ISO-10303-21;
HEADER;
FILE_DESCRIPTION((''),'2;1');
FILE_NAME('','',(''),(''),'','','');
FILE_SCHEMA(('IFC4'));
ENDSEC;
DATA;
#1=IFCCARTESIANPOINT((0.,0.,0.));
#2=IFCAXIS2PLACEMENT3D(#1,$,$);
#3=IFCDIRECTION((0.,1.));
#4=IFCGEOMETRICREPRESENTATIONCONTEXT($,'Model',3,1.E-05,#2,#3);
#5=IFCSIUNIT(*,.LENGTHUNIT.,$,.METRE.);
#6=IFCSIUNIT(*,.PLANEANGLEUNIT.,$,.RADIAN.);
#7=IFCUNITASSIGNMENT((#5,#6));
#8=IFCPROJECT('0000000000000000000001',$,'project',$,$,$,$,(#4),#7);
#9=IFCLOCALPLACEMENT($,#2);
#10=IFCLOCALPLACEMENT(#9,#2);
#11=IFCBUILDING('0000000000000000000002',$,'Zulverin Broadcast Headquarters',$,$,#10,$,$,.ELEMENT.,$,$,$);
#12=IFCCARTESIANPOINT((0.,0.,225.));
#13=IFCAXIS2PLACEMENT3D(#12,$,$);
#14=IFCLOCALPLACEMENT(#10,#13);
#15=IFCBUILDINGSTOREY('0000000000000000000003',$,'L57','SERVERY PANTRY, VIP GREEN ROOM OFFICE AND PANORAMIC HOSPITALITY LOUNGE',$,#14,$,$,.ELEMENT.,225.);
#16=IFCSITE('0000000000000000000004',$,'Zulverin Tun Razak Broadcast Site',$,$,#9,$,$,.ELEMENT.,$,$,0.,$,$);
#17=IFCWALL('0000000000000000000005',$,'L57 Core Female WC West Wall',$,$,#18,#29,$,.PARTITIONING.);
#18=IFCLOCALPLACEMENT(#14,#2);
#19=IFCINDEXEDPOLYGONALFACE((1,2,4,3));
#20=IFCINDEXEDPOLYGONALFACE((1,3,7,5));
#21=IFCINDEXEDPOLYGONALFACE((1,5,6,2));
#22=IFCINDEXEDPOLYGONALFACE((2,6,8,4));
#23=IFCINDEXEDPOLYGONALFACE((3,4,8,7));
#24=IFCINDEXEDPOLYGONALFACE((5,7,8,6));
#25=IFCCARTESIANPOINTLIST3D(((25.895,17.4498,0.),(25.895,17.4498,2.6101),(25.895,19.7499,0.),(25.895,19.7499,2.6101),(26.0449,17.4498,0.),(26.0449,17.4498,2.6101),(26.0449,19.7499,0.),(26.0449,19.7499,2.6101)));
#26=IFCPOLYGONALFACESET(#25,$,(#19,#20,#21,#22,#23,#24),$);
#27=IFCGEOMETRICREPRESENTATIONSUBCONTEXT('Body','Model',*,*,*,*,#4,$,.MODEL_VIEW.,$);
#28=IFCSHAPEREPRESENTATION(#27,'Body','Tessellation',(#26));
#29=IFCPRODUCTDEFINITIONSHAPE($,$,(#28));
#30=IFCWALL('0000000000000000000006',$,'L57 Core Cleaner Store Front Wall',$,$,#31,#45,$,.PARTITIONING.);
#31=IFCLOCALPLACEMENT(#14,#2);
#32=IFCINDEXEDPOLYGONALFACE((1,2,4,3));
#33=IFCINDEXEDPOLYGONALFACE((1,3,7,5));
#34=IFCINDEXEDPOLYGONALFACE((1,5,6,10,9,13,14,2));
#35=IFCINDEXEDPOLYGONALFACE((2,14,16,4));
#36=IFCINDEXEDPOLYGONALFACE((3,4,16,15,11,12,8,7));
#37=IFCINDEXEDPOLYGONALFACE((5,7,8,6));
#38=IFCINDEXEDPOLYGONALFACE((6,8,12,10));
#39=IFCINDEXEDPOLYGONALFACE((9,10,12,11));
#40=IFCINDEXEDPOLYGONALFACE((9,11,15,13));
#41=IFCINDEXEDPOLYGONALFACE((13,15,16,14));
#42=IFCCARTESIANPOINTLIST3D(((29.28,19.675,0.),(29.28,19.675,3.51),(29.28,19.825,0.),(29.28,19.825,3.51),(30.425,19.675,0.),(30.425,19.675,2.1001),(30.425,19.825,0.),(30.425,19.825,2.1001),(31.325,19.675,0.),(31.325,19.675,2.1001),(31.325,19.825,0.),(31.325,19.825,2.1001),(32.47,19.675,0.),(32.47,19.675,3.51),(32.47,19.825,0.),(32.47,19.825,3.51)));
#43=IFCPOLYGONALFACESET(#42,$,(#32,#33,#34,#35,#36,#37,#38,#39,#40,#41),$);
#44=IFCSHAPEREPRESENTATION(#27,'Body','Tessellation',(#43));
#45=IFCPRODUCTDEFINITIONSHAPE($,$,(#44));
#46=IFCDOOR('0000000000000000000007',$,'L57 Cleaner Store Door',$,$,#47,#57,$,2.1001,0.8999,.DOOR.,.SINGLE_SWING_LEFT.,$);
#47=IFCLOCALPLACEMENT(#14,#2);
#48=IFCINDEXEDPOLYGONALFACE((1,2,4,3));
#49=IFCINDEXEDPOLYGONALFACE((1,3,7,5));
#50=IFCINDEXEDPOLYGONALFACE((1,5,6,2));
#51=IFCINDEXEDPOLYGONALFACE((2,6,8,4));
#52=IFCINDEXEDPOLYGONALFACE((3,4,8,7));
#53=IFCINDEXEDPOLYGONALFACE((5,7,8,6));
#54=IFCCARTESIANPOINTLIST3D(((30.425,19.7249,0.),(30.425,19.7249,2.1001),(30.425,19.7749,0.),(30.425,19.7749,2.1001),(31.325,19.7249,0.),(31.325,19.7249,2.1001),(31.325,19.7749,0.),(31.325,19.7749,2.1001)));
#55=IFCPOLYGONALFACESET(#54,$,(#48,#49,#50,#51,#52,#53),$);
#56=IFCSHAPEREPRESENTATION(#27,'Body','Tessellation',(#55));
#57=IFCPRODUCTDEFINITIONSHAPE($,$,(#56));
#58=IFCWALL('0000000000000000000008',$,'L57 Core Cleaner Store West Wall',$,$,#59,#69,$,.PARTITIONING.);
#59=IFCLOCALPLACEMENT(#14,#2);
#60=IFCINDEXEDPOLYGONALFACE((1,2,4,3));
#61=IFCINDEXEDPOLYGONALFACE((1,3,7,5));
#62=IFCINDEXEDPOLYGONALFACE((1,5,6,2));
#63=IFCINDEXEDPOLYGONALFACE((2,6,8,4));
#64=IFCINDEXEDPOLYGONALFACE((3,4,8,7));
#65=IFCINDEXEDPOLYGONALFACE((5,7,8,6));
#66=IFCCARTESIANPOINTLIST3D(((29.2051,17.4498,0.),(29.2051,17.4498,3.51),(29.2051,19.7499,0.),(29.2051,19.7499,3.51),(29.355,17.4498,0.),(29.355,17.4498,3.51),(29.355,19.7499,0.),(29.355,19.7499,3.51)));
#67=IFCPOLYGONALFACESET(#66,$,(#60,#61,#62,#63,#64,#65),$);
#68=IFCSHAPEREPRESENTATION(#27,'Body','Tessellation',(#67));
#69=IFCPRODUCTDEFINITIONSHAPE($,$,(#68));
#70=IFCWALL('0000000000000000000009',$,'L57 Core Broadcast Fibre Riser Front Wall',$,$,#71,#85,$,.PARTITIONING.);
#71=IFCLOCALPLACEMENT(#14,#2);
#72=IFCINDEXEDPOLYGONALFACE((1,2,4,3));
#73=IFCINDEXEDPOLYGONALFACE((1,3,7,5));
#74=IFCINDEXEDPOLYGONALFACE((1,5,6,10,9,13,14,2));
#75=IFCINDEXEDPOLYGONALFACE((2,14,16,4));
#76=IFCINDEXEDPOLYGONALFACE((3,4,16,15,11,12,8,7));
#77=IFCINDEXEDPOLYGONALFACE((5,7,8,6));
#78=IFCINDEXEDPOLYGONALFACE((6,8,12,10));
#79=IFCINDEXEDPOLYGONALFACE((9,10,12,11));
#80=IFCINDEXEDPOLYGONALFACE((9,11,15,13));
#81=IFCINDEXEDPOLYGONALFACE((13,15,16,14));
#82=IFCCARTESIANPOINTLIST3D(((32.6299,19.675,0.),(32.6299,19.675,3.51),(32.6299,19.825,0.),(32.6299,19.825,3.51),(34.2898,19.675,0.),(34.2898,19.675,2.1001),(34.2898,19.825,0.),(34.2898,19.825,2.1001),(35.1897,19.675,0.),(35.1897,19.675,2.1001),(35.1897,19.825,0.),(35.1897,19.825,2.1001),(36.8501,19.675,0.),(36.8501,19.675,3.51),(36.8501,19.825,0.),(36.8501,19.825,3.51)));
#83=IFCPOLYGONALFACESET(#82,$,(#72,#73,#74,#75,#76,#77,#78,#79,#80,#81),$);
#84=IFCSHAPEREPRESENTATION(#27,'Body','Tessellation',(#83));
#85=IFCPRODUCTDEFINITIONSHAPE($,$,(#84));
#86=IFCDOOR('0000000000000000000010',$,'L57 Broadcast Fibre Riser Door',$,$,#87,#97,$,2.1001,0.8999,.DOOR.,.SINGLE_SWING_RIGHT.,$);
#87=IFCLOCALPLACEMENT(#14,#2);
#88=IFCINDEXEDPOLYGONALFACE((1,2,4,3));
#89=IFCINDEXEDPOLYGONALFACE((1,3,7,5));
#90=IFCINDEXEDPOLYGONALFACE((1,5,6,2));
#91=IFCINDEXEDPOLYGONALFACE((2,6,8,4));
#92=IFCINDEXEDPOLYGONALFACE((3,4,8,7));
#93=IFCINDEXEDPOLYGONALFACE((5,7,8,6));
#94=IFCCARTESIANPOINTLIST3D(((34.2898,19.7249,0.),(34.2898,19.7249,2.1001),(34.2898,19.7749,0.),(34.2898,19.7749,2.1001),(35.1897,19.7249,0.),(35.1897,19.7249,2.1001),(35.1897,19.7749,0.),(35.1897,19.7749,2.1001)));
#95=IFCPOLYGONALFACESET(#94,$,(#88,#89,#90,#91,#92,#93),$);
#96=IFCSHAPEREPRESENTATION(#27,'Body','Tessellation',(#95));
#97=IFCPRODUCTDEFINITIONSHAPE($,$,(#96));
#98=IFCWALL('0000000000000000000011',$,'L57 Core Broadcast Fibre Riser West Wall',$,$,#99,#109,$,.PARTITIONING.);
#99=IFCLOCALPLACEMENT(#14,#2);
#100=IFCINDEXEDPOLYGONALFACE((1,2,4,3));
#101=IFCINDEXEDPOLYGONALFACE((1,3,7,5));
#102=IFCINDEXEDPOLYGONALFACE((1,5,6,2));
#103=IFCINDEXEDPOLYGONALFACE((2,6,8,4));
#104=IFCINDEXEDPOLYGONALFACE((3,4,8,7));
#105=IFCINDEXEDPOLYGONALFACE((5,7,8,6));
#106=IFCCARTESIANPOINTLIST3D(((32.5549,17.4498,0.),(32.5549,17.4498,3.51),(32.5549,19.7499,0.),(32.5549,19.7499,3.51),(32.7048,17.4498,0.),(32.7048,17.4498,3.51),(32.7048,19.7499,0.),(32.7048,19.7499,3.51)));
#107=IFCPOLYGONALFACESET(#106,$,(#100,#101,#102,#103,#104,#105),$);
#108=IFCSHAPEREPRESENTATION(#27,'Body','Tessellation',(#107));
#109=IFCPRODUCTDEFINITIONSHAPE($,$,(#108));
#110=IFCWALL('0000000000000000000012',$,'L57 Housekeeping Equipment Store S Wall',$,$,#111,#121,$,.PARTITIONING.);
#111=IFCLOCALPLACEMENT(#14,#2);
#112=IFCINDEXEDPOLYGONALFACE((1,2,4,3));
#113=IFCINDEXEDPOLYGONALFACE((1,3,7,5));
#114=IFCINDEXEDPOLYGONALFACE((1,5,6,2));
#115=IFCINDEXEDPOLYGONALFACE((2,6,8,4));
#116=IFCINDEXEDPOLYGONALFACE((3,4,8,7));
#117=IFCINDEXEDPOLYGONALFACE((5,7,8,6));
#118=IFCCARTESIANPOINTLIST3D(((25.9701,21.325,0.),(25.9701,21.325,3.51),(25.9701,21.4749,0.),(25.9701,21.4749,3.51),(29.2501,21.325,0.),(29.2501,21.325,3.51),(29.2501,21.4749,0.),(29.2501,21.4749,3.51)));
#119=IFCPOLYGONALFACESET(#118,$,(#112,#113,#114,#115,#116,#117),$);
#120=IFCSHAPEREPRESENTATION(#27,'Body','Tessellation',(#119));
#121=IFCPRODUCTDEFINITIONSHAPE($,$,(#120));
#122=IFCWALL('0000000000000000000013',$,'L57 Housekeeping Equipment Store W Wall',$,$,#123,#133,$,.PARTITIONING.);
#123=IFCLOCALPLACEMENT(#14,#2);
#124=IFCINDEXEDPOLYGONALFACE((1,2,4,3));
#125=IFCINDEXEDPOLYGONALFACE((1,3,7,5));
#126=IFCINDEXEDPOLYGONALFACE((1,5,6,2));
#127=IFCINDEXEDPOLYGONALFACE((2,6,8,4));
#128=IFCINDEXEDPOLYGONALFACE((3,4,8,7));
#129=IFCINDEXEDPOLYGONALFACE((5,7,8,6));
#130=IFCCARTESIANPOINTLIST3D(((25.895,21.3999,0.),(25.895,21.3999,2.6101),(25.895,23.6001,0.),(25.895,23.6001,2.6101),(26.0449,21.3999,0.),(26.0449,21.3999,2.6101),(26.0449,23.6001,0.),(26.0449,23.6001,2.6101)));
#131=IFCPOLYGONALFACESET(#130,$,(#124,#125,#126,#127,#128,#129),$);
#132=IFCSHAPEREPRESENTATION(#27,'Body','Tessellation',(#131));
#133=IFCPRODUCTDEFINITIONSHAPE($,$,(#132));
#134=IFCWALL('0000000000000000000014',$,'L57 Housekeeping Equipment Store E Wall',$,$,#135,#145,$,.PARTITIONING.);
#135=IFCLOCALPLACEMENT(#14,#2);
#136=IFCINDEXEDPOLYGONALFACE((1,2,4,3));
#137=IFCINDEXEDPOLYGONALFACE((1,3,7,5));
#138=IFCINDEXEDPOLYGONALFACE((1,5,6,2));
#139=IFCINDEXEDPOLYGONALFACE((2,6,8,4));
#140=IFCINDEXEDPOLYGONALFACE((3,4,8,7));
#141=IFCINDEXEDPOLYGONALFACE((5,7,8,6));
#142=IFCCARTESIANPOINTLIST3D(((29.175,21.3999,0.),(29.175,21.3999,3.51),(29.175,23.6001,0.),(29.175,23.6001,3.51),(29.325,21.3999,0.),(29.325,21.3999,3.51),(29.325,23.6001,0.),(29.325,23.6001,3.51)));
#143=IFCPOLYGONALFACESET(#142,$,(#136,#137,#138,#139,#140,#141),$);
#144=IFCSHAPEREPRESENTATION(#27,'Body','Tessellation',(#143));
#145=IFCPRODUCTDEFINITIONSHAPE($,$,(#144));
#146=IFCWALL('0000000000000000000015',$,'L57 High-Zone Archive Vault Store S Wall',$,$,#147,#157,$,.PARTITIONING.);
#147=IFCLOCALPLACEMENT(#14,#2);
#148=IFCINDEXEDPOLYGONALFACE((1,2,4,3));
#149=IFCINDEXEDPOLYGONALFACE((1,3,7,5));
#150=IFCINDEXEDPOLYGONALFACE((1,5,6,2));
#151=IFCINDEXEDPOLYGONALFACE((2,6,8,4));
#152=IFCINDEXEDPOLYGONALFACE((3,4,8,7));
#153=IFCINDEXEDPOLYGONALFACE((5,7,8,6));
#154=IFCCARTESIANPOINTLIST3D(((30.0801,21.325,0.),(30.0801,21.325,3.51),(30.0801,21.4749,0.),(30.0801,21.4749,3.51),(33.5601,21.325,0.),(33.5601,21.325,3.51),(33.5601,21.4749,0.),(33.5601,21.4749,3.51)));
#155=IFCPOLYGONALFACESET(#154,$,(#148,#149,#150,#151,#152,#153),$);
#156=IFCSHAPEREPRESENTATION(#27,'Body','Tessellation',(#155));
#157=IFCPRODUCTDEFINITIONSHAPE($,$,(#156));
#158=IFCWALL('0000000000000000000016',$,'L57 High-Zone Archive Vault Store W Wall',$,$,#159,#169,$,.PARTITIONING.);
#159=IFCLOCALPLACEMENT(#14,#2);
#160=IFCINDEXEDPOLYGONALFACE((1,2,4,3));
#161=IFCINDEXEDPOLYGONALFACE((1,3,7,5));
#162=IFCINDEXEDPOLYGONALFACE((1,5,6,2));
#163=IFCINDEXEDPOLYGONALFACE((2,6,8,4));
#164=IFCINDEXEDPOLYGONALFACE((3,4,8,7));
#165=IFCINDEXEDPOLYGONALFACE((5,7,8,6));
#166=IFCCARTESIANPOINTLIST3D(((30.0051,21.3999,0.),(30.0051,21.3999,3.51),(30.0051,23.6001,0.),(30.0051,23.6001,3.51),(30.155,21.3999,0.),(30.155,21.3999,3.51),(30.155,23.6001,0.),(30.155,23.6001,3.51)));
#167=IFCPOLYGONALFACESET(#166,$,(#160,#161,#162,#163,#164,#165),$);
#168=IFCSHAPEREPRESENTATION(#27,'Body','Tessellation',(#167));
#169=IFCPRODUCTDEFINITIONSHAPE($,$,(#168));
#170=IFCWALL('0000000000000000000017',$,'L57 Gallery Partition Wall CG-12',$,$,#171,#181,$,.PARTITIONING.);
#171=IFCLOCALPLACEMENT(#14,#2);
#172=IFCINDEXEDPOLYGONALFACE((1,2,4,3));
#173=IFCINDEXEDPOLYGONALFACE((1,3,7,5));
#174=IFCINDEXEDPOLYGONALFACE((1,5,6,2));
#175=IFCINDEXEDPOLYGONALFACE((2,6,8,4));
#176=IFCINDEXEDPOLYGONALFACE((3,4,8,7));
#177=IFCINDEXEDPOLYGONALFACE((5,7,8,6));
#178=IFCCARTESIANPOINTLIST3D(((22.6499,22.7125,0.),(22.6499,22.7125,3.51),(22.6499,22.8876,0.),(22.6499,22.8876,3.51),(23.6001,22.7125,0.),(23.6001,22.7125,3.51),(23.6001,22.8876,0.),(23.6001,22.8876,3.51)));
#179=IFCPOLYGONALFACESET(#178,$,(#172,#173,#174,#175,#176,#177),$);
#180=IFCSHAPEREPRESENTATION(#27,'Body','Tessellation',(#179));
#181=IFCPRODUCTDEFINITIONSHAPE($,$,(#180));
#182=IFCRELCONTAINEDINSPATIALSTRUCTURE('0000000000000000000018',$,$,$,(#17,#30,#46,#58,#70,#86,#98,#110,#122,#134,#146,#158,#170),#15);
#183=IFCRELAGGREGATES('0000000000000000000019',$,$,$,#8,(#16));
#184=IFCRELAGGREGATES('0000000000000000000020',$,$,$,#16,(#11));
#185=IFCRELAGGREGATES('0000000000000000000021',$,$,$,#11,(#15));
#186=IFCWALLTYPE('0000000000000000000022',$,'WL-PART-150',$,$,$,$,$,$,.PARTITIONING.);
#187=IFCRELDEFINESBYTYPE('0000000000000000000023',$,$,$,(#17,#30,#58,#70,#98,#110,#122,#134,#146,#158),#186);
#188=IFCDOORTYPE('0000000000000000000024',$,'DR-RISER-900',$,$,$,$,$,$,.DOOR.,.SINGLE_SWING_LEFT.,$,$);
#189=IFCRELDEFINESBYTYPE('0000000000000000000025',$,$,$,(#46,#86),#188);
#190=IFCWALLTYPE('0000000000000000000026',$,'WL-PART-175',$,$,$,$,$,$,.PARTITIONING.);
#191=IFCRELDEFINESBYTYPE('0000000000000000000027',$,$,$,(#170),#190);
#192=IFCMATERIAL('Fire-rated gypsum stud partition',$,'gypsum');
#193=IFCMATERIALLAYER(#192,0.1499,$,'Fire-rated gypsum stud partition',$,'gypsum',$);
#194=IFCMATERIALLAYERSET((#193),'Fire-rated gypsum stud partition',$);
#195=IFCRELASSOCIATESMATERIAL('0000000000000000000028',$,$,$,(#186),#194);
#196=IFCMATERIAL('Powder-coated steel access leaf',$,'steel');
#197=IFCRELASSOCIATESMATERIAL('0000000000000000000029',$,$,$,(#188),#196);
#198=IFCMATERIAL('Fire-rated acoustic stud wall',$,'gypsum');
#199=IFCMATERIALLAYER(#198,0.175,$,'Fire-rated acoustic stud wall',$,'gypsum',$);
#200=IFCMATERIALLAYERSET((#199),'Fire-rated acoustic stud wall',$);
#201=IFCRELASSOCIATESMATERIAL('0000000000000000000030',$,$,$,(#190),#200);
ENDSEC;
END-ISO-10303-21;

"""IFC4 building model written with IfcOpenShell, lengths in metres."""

from ifc_helpers import new_model, si_unit, direction, frame, frame_2d, origin, place, context, subcontext, project, spatial, rectangle, extrude, material, layer, layer_set, type_object, element, fill, save


model = new_model("IFC4")

# Units and contexts
model_context = context("Model", 3, precision=1e-05, world=origin(), true_north=direction((0.0, 1.0)))
body_context = subcontext(model_context, "Body", "Model", "MODEL_VIEW")
ifc_project = project(units=[si_unit("LENGTHUNIT", "METRE"), si_unit("PLANEANGLEUNIT", "RADIAN")], contexts=[model_context])

# Site, building, storey
site_placement = place(None, origin())
site = spatial("IfcSite", under=ifc_project, at=site_placement, Name="Zulverin Tun Razak Broadcast Site", CompositionType="ELEMENT", RefElevation=0.0)
building_placement = place(site_placement, origin())
building = spatial("IfcBuilding", under=site, at=building_placement, Name="Zulverin Broadcast Headquarters", CompositionType="ELEMENT")
storey_placement = place(building_placement, frame((0.0, 0.0, 225.0)))
storey = spatial("IfcBuildingStorey", under=building, at=storey_placement, Name="L57", Description="SERVERY PANTRY, VIP GREEN ROOM OFFICE AND PANORAMIC HOSPITALITY LOUNGE", CompositionType="ELEMENT", Elevation=225.0)

# Shared definitions
ifc_material_1 = material(Name="Fire-rated gypsum stud partition", Category="gypsum")
ifc_layer_1 = layer(ifc_material_1, 0.1499, Name="Fire-rated gypsum stud partition", Category="gypsum")
ifc_layer_set_1 = layer_set([ifc_layer_1], Name="Fire-rated gypsum stud partition")
wall_type_1 = type_object("IfcWallType", Name="WL-PART-150", PredefinedType="PARTITIONING", material=ifc_layer_set_1)

# Wall
wall_1_placement = place(storey_placement, frame((25.97, 17.45, 0.0), z_axis=(0.0, 0.0, 1.0), x_axis=(0.0, 1.0, 0.0)))
element("IfcWall", 1, at=wall_1_placement, inside=storey, type_object=wall_type_1, Name="L57 Core Female WC West Wall", PredefinedType="PARTITIONING", context=body_context, shape_type="SweptSolid", body=[
    extrude(rectangle(XDim=2.3, YDim=0.1499, at=frame_2d((1.1499, 0.0))), origin(), (0.0, 0.0, 1.0), 2.6101),
])

# Wall, opening, door
wall_2_placement = place(storey_placement, frame((29.28, 19.75, 0.0), z_axis=(0.0, 0.0, 1.0), x_axis=(1.0, 0.0, 0.0)))
wall_2 = element("IfcWall", 2, at=wall_2_placement, inside=storey, type_object=wall_type_1, Name="L57 Core Cleaner Store Front Wall", PredefinedType="PARTITIONING", context=body_context, shape_type="SweptSolid", body=[
    extrude(rectangle(XDim=3.1899, YDim=0.1499, at=frame_2d((1.595, 0.0))), origin(), (0.0, 0.0, 1.0), 3.51),
])
opening_1_placement = place(wall_2_placement, frame((1.145, 0.0, 0.0)))
opening_1 = element("IfcOpeningElement", 3, at=opening_1_placement, cuts=wall_2, PredefinedType="OPENING", context=body_context, shape_type="SweptSolid", body=[
    extrude(rectangle(XDim=0.8999, YDim=2.1001, at=frame_2d((0.45, 1.05))), frame((0.0, 0.085, 0.0), z_axis=(0.0, -1.0, 0.0), x_axis=(1.0, 0.0, 0.0)), (0.0, 0.0, 1.0), 0.1699),
])
ifc_material_2 = material(Name="Powder-coated steel access leaf", Category="steel")
door_type_1 = type_object("IfcDoorType", Name="DR-RISER-900", OperationType="SINGLE_SWING_LEFT", PredefinedType="DOOR", material=ifc_material_2)
door_1_placement = place(opening_1_placement, origin())
door_1 = element("IfcDoor", 4, at=door_1_placement, inside=storey, type_object=door_type_1, Name="L57 Cleaner Store Door", OperationType="SINGLE_SWING_LEFT", OverallHeight=2.1001, OverallWidth=0.8999, PredefinedType="DOOR", context=body_context, shape_type="SweptSolid", body=[
    extrude(rectangle(XDim=0.8999, YDim=2.1001, at=frame_2d((0.45, 1.05))), frame((0.0, 0.0249, 0.0), z_axis=(0.0, -1.0, 0.0), x_axis=(1.0, 0.0, 0.0)), (0.0, 0.0, 1.0), 0.05),
])
fill(opening_1, door_1)

# Wall
wall_3_placement = place(storey_placement, frame((29.28, 17.45, 0.0), z_axis=(0.0, 0.0, 1.0), x_axis=(0.0, 1.0, 0.0)))
element("IfcWall", 5, at=wall_3_placement, inside=storey, type_object=wall_type_1, Name="L57 Core Cleaner Store West Wall", PredefinedType="PARTITIONING", context=body_context, shape_type="SweptSolid", body=[
    extrude(rectangle(XDim=2.3, YDim=0.1499, at=frame_2d((1.1499, 0.0))), origin(), (0.0, 0.0, 1.0), 3.51),
])

# Wall, opening, door
wall_4_placement = place(storey_placement, frame((32.6299, 19.75, 0.0), z_axis=(0.0, 0.0, 1.0), x_axis=(1.0, 0.0, 0.0)))
wall_4 = element("IfcWall", 6, at=wall_4_placement, inside=storey, type_object=wall_type_1, Name="L57 Core Broadcast Fibre Riser Front Wall", PredefinedType="PARTITIONING", context=body_context, shape_type="SweptSolid", body=[
    extrude(rectangle(XDim=4.2202, YDim=0.1499, at=frame_2d((2.1101, 0.0))), origin(), (0.0, 0.0, 1.0), 3.51),
])
opening_2_placement = place(wall_4_placement, frame((1.6599, 0.0, 0.0)))
opening_2 = element("IfcOpeningElement", 7, at=opening_2_placement, cuts=wall_4, PredefinedType="OPENING", context=body_context, shape_type="SweptSolid", body=[
    extrude(rectangle(XDim=0.8999, YDim=2.1001, at=frame_2d((0.45, 1.05))), frame((0.0, 0.085, 0.0), z_axis=(0.0, -1.0, 0.0), x_axis=(1.0, 0.0, 0.0)), (0.0, 0.0, 1.0), 0.1699),
])
door_2_placement = place(opening_2_placement, origin())
door_2 = element("IfcDoor", 8, at=door_2_placement, inside=storey, type_object=door_type_1, Name="L57 Broadcast Fibre Riser Door", OperationType="SINGLE_SWING_RIGHT", OverallHeight=2.1001, OverallWidth=0.8999, PredefinedType="DOOR", context=body_context, shape_type="SweptSolid", body=[
    extrude(rectangle(XDim=0.8999, YDim=2.1001, at=frame_2d((0.45, 1.05))), frame((0.0, 0.0249, 0.0), z_axis=(0.0, -1.0, 0.0), x_axis=(1.0, 0.0, 0.0)), (0.0, 0.0, 1.0), 0.05),
])
fill(opening_2, door_2)

# Walls
wall_5_placement = place(storey_placement, frame((32.6299, 17.45, 0.0), z_axis=(0.0, 0.0, 1.0), x_axis=(0.0, 1.0, 0.0)))
element("IfcWall", 9, at=wall_5_placement, inside=storey, type_object=wall_type_1, Name="L57 Core Broadcast Fibre Riser West Wall", PredefinedType="PARTITIONING", context=body_context, shape_type="SweptSolid", body=[
    extrude(rectangle(XDim=2.3, YDim=0.1499, at=frame_2d((1.1499, 0.0))), origin(), (0.0, 0.0, 1.0), 3.51),
])
wall_6_placement = place(storey_placement, frame((25.97, 21.3999, 0.0), z_axis=(0.0, 0.0, 1.0), x_axis=(1.0, 0.0, 0.0)))
element("IfcWall", 10, at=wall_6_placement, inside=storey, type_object=wall_type_1, Name="L57 Housekeeping Equipment Store S Wall", PredefinedType="PARTITIONING", context=body_context, shape_type="SweptSolid", body=[
    extrude(rectangle(XDim=3.28, YDim=0.1499, at=frame_2d((1.6401, 0.0))), origin(), (0.0, 0.0, 1.0), 3.51),
])
wall_7_placement = place(storey_placement, frame((25.97, 21.3999, 0.0), z_axis=(0.0, 0.0, 1.0), x_axis=(0.0, 1.0, 0.0)))
element("IfcWall", 11, at=wall_7_placement, inside=storey, type_object=wall_type_1, Name="L57 Housekeeping Equipment Store W Wall", PredefinedType="PARTITIONING", context=body_context, shape_type="SweptSolid", body=[
    extrude(rectangle(XDim=2.2002, YDim=0.1499, at=frame_2d((1.1001, 0.0))), origin(), (0.0, 0.0, 1.0), 2.6101),
])
wall_8_placement = place(storey_placement, frame((29.25, 21.3999, 0.0), z_axis=(0.0, 0.0, 1.0), x_axis=(0.0, 1.0, 0.0)))
element("IfcWall", 12, at=wall_8_placement, inside=storey, type_object=wall_type_1, Name="L57 Housekeeping Equipment Store E Wall", PredefinedType="PARTITIONING", context=body_context, shape_type="SweptSolid", body=[
    extrude(rectangle(XDim=2.2002, YDim=0.1499, at=frame_2d((1.1001, 0.0))), origin(), (0.0, 0.0, 1.0), 3.51),
])
wall_9_placement = place(storey_placement, frame((30.0801, 21.3999, 0.0), z_axis=(0.0, 0.0, 1.0), x_axis=(1.0, 0.0, 0.0)))
element("IfcWall", 13, at=wall_9_placement, inside=storey, type_object=wall_type_1, Name="L57 High-Zone Archive Vault Store S Wall", PredefinedType="PARTITIONING", context=body_context, shape_type="SweptSolid", body=[
    extrude(rectangle(XDim=3.48, YDim=0.1499, at=frame_2d((1.74, 0.0))), origin(), (0.0, 0.0, 1.0), 3.51),
])
wall_10_placement = place(storey_placement, frame((30.0801, 21.3999, 0.0), z_axis=(0.0, 0.0, 1.0), x_axis=(0.0, 1.0, 0.0)))
element("IfcWall", 14, at=wall_10_placement, inside=storey, type_object=wall_type_1, Name="L57 High-Zone Archive Vault Store W Wall", PredefinedType="PARTITIONING", context=body_context, shape_type="SweptSolid", body=[
    extrude(rectangle(XDim=2.2002, YDim=0.1499, at=frame_2d((1.1001, 0.0))), origin(), (0.0, 0.0, 1.0), 3.51),
])
ifc_material_3 = material(Name="Fire-rated acoustic stud wall", Category="gypsum")
ifc_layer_2 = layer(ifc_material_3, 0.175, Name="Fire-rated acoustic stud wall", Category="gypsum")
ifc_layer_set_2 = layer_set([ifc_layer_2], Name="Fire-rated acoustic stud wall")
wall_type_2 = type_object("IfcWallType", Name="WL-PART-175", PredefinedType="PARTITIONING", material=ifc_layer_set_2)
wall_11_placement = place(storey_placement, frame((22.6499, 22.8, 0.0), z_axis=(0.0, 0.0, 1.0), x_axis=(1.0, 0.0, 0.0)))
element("IfcWall", 15, at=wall_11_placement, inside=storey, type_object=wall_type_2, Name="L57 Gallery Partition Wall CG-12", PredefinedType="PARTITIONING", context=body_context, shape_type="SweptSolid", body=[
    extrude(rectangle(XDim=0.9502, YDim=0.175, at=frame_2d((0.4751, 0.0))), origin(), (0.0, 0.0, 1.0), 3.51),
])

save(model, "model.ifc")
